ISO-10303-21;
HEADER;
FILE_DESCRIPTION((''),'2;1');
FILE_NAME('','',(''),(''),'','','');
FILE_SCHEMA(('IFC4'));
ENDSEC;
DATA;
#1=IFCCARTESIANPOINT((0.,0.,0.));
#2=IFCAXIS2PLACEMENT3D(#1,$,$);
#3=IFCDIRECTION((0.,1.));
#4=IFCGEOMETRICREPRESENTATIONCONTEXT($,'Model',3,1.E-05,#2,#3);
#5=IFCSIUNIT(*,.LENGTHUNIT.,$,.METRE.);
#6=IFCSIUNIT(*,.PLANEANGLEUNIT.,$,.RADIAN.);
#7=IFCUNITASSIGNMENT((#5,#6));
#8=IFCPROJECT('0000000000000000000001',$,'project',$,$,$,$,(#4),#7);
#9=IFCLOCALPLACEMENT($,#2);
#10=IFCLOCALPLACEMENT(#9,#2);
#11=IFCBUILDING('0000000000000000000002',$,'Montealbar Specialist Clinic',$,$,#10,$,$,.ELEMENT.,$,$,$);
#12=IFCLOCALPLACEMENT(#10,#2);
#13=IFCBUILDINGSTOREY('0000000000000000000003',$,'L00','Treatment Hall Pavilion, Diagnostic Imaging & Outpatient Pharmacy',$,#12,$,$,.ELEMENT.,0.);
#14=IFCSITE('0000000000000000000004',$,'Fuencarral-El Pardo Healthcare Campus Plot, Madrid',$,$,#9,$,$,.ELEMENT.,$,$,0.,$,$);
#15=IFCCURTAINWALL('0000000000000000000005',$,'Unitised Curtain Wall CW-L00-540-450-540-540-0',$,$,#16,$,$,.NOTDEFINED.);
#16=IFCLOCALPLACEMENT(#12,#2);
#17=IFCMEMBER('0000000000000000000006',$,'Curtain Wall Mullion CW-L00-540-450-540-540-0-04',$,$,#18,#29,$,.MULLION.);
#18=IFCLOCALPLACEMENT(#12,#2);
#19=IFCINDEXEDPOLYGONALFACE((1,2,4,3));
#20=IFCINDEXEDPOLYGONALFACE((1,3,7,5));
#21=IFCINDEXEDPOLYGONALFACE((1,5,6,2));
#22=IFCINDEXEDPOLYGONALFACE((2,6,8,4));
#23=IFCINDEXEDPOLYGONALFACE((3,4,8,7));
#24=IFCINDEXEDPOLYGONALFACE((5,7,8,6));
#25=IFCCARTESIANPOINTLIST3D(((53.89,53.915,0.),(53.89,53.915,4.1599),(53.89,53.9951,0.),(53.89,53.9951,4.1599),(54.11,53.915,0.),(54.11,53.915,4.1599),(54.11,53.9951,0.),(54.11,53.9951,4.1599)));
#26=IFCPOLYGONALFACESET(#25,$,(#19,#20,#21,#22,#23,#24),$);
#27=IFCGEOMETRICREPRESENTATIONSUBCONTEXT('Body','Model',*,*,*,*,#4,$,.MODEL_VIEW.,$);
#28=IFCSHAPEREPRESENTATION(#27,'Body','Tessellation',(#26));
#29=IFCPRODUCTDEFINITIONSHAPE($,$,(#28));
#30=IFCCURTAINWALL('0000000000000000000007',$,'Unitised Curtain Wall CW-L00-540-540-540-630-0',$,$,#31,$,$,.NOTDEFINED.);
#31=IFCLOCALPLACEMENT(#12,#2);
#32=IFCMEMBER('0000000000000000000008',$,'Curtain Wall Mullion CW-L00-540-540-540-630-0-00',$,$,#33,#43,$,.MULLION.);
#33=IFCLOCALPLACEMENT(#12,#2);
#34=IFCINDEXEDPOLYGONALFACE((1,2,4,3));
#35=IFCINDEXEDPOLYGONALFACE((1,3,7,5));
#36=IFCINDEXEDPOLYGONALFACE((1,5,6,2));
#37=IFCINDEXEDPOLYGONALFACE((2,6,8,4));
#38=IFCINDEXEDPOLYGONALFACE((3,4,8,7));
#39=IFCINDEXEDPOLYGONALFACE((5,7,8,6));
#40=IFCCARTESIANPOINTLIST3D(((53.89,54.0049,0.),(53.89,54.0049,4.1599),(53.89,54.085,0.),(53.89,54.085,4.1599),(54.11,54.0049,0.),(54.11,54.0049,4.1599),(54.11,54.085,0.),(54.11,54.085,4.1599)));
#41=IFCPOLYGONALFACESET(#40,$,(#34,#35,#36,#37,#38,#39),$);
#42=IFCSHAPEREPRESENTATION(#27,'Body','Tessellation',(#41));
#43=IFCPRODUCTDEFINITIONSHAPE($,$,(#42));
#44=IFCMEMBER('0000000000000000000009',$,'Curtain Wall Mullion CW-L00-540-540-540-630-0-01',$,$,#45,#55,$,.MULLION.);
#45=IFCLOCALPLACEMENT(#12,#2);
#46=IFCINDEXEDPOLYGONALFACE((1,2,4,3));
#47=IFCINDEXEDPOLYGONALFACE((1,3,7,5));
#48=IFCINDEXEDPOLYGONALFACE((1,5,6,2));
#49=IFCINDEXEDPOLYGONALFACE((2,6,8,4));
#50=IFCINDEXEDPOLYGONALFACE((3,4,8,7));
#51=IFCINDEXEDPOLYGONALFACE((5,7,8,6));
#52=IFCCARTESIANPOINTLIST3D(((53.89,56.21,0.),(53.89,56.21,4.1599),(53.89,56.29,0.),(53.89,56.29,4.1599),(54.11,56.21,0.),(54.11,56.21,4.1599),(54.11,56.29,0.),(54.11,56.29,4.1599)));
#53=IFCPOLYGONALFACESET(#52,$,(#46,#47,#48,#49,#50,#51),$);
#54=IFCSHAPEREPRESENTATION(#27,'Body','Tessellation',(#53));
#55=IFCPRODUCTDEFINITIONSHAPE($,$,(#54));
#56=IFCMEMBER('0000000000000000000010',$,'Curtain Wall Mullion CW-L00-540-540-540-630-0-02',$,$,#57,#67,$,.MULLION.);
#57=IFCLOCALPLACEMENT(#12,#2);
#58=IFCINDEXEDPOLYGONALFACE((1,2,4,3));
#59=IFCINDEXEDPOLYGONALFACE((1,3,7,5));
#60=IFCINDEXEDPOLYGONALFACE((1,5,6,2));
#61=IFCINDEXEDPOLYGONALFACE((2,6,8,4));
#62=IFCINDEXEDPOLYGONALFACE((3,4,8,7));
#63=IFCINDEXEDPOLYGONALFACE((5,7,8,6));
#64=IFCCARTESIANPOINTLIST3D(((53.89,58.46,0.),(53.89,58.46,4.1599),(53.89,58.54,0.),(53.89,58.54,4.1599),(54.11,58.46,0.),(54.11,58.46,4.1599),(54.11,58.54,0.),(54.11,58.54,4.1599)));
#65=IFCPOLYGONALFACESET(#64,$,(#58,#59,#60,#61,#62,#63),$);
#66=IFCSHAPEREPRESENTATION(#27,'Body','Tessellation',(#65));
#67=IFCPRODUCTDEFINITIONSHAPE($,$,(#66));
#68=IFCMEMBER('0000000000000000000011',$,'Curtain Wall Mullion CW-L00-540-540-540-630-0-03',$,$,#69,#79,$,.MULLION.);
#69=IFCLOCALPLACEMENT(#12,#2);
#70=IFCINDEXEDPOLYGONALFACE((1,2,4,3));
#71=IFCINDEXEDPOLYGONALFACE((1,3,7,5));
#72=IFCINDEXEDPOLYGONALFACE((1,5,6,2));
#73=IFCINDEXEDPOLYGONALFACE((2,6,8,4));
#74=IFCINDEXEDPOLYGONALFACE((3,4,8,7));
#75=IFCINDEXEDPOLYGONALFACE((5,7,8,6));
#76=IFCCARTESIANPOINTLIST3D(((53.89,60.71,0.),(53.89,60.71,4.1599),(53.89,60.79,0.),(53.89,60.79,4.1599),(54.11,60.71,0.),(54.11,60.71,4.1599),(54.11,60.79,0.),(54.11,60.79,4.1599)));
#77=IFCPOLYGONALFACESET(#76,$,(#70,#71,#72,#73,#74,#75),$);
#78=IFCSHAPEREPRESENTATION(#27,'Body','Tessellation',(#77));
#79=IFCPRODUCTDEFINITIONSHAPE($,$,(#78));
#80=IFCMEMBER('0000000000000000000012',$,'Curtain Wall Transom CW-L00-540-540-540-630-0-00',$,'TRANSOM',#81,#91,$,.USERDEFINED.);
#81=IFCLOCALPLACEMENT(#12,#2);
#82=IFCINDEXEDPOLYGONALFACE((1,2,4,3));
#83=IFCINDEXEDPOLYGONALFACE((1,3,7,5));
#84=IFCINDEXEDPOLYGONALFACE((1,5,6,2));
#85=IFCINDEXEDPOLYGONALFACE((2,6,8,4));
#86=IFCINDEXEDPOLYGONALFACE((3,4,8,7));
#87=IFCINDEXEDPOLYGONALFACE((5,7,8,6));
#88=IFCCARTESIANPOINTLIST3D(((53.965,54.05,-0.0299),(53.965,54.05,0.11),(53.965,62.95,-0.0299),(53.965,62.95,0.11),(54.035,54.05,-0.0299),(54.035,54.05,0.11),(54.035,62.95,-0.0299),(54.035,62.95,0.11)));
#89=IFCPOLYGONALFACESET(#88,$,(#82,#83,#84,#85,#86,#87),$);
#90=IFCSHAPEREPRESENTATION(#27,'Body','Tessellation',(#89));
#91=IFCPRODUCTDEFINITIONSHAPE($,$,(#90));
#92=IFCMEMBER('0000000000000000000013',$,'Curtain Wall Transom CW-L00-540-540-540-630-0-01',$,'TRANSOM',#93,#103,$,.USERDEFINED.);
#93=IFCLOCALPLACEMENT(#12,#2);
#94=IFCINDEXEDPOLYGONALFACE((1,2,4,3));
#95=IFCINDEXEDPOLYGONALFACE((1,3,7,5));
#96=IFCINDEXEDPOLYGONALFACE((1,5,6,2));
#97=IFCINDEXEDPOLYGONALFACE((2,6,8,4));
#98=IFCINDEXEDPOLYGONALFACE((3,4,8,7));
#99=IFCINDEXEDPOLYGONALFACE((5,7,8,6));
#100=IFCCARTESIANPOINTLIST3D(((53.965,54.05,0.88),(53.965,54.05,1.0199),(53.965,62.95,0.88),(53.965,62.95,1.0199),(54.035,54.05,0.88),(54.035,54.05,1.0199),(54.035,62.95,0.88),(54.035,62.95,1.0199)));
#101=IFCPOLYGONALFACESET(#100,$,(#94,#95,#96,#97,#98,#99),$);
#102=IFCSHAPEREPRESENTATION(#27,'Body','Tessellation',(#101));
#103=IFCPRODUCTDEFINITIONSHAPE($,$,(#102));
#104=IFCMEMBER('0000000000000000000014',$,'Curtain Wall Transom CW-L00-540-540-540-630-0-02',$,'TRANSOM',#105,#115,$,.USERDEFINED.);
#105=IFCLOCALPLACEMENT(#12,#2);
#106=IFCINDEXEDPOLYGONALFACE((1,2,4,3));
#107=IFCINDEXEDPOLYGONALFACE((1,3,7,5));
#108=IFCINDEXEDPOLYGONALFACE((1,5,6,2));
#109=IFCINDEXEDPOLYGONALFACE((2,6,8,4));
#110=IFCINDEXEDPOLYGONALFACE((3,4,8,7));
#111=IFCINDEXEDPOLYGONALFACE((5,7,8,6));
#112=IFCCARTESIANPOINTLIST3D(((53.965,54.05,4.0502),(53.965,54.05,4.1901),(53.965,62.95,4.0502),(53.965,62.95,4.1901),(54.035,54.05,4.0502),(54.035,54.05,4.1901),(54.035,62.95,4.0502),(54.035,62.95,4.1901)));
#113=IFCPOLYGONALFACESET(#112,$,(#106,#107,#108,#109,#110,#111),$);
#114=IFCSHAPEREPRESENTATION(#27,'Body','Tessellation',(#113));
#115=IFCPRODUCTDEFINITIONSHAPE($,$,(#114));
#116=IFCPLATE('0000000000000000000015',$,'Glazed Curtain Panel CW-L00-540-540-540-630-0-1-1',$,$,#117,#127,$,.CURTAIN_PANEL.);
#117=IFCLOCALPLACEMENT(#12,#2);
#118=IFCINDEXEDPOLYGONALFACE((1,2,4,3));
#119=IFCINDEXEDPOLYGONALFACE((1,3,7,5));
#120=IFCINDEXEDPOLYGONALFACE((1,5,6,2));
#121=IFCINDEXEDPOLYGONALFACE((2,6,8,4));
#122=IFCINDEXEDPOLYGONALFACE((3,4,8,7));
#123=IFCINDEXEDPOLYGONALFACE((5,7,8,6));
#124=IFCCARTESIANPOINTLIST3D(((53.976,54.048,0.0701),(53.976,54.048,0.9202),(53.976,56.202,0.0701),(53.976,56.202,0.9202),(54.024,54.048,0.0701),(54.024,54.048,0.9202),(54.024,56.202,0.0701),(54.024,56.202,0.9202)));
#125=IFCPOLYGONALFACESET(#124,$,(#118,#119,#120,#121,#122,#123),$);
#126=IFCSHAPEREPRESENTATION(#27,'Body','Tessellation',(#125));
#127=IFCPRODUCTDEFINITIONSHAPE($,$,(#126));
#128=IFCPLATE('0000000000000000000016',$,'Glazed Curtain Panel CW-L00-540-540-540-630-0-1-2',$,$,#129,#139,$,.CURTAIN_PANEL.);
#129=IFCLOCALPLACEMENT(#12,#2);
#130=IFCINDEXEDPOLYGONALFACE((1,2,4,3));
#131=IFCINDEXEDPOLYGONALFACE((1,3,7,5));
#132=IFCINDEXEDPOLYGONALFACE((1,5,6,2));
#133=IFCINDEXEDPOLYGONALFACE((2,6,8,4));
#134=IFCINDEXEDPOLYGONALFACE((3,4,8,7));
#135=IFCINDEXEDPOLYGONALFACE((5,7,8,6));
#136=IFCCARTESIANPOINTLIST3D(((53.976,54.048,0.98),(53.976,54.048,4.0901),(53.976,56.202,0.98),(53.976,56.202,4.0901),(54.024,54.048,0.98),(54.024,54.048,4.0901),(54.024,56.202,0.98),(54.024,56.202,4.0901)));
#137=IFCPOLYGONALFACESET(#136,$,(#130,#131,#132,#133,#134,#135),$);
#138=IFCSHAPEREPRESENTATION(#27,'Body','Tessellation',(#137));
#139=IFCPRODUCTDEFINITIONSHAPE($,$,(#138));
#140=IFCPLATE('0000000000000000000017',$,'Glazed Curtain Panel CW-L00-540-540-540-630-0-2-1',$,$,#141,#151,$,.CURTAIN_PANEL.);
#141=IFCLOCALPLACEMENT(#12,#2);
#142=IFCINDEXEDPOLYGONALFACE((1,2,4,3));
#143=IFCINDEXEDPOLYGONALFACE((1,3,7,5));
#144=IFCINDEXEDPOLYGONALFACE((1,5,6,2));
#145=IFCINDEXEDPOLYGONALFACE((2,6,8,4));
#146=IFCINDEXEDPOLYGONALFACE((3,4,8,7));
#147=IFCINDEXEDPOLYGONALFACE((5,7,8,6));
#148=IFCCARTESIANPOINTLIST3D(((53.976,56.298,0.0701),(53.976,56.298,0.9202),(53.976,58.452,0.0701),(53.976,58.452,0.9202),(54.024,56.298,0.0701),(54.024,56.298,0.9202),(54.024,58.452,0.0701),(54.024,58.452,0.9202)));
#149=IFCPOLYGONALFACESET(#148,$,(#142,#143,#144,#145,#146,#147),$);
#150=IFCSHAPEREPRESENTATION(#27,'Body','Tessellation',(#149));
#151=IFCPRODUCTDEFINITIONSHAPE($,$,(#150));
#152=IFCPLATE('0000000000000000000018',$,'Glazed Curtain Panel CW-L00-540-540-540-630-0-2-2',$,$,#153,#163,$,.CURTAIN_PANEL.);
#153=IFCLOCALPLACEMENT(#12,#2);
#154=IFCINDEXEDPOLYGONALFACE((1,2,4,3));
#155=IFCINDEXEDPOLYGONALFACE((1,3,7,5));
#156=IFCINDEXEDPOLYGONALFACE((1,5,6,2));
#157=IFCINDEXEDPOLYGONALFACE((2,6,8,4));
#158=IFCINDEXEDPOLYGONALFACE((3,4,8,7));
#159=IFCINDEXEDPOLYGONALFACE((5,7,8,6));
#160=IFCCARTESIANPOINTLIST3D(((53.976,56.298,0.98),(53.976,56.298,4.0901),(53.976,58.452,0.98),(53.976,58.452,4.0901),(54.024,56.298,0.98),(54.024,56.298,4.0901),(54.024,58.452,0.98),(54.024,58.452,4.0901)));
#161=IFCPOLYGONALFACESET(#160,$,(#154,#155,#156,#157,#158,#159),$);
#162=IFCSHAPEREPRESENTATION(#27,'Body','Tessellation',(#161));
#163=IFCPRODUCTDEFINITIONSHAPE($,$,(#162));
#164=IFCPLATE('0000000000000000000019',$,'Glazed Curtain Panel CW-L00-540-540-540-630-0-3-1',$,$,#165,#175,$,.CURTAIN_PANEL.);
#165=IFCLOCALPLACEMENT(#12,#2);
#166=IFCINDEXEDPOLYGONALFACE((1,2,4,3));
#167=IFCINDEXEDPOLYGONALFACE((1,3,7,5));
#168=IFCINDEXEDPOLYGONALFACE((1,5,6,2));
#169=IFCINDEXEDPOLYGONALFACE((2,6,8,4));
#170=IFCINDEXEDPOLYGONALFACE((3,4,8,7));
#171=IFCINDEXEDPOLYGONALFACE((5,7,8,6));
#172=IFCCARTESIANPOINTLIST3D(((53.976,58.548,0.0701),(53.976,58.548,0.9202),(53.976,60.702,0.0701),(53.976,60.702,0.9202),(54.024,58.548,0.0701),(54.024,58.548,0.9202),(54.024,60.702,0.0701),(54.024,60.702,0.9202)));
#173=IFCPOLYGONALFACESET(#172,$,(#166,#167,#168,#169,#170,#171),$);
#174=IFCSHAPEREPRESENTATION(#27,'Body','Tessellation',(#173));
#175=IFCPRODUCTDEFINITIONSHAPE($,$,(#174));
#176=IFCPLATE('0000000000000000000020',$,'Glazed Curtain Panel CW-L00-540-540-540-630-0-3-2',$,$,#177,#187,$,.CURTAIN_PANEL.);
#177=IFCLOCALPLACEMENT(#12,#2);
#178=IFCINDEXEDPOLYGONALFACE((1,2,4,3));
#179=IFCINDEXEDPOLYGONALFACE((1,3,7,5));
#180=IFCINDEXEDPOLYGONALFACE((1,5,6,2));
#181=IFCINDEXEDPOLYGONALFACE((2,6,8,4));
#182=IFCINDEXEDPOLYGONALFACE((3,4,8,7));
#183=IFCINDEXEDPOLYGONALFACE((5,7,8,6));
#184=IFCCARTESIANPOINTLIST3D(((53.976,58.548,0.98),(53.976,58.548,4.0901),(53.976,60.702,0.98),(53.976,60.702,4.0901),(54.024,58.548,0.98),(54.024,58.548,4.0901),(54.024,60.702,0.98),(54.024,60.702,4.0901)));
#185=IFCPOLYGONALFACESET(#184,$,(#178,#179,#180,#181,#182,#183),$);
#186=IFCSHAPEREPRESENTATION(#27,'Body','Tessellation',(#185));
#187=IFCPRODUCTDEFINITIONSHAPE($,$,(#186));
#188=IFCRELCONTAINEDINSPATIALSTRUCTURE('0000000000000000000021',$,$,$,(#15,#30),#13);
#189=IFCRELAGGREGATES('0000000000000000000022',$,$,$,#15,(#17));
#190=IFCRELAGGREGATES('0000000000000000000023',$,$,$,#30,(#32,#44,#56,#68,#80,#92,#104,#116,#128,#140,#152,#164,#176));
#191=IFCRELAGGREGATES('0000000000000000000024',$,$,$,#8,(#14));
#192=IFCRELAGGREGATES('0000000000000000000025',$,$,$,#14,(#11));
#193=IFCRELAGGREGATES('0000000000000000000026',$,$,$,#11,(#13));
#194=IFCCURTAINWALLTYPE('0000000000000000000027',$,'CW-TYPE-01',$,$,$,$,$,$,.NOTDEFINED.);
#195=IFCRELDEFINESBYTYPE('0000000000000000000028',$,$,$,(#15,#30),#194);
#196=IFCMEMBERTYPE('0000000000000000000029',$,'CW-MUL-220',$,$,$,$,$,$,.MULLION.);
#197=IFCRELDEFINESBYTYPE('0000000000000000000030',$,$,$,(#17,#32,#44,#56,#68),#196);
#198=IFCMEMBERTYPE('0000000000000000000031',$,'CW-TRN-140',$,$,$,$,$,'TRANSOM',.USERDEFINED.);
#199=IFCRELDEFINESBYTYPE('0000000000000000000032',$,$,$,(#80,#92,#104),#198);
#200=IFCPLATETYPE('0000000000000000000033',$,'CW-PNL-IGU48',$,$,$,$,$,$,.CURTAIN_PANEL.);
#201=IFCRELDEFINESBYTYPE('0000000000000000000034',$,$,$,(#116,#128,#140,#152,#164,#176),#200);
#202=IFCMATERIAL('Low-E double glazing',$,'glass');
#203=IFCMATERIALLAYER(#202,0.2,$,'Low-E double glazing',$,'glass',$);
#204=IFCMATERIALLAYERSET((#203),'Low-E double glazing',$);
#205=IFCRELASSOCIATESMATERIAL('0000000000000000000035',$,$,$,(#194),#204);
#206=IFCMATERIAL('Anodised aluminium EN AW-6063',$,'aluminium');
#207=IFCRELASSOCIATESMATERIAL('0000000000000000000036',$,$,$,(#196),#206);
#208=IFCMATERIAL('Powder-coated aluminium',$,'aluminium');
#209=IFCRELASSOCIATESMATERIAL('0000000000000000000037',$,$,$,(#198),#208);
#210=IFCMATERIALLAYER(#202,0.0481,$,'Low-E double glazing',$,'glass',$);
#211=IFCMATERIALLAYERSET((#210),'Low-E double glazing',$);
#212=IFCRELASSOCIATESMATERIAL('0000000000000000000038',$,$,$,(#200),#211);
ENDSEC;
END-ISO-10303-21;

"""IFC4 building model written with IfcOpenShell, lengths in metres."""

from ifc_helpers import new_model, si_unit, direction, frame, origin, origin_2d, place, context, subcontext, project, spatial, rectangle, extrude, material, layer, layer_set, material_profile, profile_set, type_object, element, aggregate, save


model = new_model("IFC4")

# Units and contexts
model_context = context("Model", 3, precision=1e-05, world=origin(), true_north=direction((0.0, 1.0)))
body_context = subcontext(model_context, "Body", "Model", "MODEL_VIEW")
ifc_project = project(units=[si_unit("LENGTHUNIT", "METRE"), si_unit("PLANEANGLEUNIT", "RADIAN")], contexts=[model_context])

# Site, building, storey
site_placement = place(None, origin())
site = spatial("IfcSite", under=ifc_project, at=site_placement, Name="Fuencarral-El Pardo Healthcare Campus Plot, Madrid", CompositionType="ELEMENT", RefElevation=0.0)
building_placement = place(site_placement, origin())
building = spatial("IfcBuilding", under=site, at=building_placement, Name="Montealbar Specialist Clinic", CompositionType="ELEMENT")
storey_placement = place(building_placement, origin())
storey = spatial("IfcBuildingStorey", under=building, at=storey_placement, Name="L00", Description="Treatment Hall Pavilion, Diagnostic Imaging & Outpatient Pharmacy", CompositionType="ELEMENT", Elevation=0.0)

# Curtain wall, member
ifc_material_1 = material(Name="Low-E double glazing", Category="glass")
ifc_layer_1 = layer(ifc_material_1, 0.2, Name="Low-E double glazing", Category="glass")
ifc_layer_set_1 = layer_set([ifc_layer_1], Name="Low-E double glazing")
curtain_wall_type = type_object("IfcCurtainWallType", Name="CW-TYPE-01", PredefinedType="NOTDEFINED", material=ifc_layer_set_1)
curtain_wall_1_placement = place(storey_placement, origin())
curtain_wall_1 = element("IfcCurtainWall", 1, at=curtain_wall_1_placement, inside=storey, type_object=curtain_wall_type, Name="Unitised Curtain Wall CW-L00-540-450-540-540-0", PredefinedType="NOTDEFINED")
ifc_material_2 = material(Name="Anodised aluminium EN AW-6063", Category="aluminium")
ifc_material_profile_1 = material_profile(ifc_material_2, rectangle(XDim=0.0801, YDim=0.22, at=origin_2d()), Name="ALU 80x220", Category="aluminium")
ifc_profile_set_1 = profile_set([ifc_material_profile_1], Name="Anodised aluminium EN AW-6063")
member_type_1 = type_object("IfcMemberType", Name="CW-MUL-220", PredefinedType="MULLION", material=ifc_profile_set_1)
member_1_placement = place(storey_placement, frame((54.0, 53.9551, 0.0), z_axis=(0.0, 0.0, 1.0), x_axis=(0.0, 1.0, 0.0)))
member_1 = element("IfcMember", 2, at=member_1_placement, type_object=member_type_1, Name="Curtain Wall Mullion CW-L00-540-450-540-540-0-04", PredefinedType="MULLION", context=body_context, shape_type="SweptSolid", body=[
    extrude(rectangle(XDim=0.0801, YDim=0.22, at=origin_2d()), origin(), (0.0, 0.0, 1.0), 4.1599),
])
aggregate(curtain_wall_1, [member_1])

# Curtain wall, members, plates
curtain_wall_2_placement = place(storey_placement, origin())
curtain_wall_2 = element("IfcCurtainWall", 3, at=curtain_wall_2_placement, inside=storey, type_object=curtain_wall_type, Name="Unitised Curtain Wall CW-L00-540-540-540-630-0", PredefinedType="NOTDEFINED")
member_2_placement = place(storey_placement, frame((54.0, 54.0449, 0.0), z_axis=(0.0, 0.0, 1.0), x_axis=(0.0, 1.0, 0.0)))
member_2 = element("IfcMember", 4, at=member_2_placement, type_object=member_type_1, Name="Curtain Wall Mullion CW-L00-540-540-540-630-0-00", PredefinedType="MULLION", context=body_context, shape_type="SweptSolid", body=[
    extrude(rectangle(XDim=0.0801, YDim=0.22, at=origin_2d()), origin(), (0.0, 0.0, 1.0), 4.1599),
])
member_3_placement = place(storey_placement, frame((54.0, 56.25, 0.0), z_axis=(0.0, 0.0, 1.0), x_axis=(0.0, 1.0, 0.0)))
member_3 = element("IfcMember", 5, at=member_3_placement, type_object=member_type_1, Name="Curtain Wall Mullion CW-L00-540-540-540-630-0-01", PredefinedType="MULLION", context=body_context, shape_type="SweptSolid", body=[
    extrude(rectangle(XDim=0.0801, YDim=0.22, at=origin_2d()), origin(), (0.0, 0.0, 1.0), 4.1599),
])
member_4_placement = place(storey_placement, frame((54.0, 58.5, 0.0), z_axis=(0.0, 0.0, 1.0), x_axis=(0.0, 1.0, 0.0)))
member_4 = element("IfcMember", 6, at=member_4_placement, type_object=member_type_1, Name="Curtain Wall Mullion CW-L00-540-540-540-630-0-02", PredefinedType="MULLION", context=body_context, shape_type="SweptSolid", body=[
    extrude(rectangle(XDim=0.0801, YDim=0.22, at=origin_2d()), origin(), (0.0, 0.0, 1.0), 4.1599),
])
member_5_placement = place(storey_placement, frame((54.0, 60.75, 0.0), z_axis=(0.0, 0.0, 1.0), x_axis=(0.0, 1.0, 0.0)))
member_5 = element("IfcMember", 7, at=member_5_placement, type_object=member_type_1, Name="Curtain Wall Mullion CW-L00-540-540-540-630-0-03", PredefinedType="MULLION", context=body_context, shape_type="SweptSolid", body=[
    extrude(rectangle(XDim=0.0801, YDim=0.22, at=origin_2d()), origin(), (0.0, 0.0, 1.0), 4.1599),
])
ifc_material_3 = material(Name="Powder-coated aluminium", Category="aluminium")
ifc_material_profile_2 = material_profile(ifc_material_3, rectangle(XDim=0.0701, YDim=0.1399, at=origin_2d()), Name="ALU 70x140", Category="aluminium")
ifc_profile_set_2 = profile_set([ifc_material_profile_2], Name="Powder-coated aluminium")
member_type_2 = type_object("IfcMemberType", Name="CW-TRN-140", ElementType="TRANSOM", PredefinedType="USERDEFINED", material=ifc_profile_set_2)
member_6_placement = place(storey_placement, frame((54.0, 54.05, 0.04), z_axis=(0.0, 1.0, 0.0), x_axis=(-1.0, 0.0, 0.0)))
member_6 = element("IfcMember", 8, at=member_6_placement, type_object=member_type_2, Name="Curtain Wall Transom CW-L00-540-540-540-630-0-00", ObjectType="TRANSOM", PredefinedType="USERDEFINED", context=body_context, shape_type="SweptSolid", body=[
    extrude(rectangle(XDim=0.0701, YDim=0.1399, at=origin_2d()), origin(), (0.0, 0.0, 1.0), 8.8999),
])
member_7_placement = place(storey_placement, frame((54.0, 54.05, 0.95), z_axis=(0.0, 1.0, 0.0), x_axis=(-1.0, 0.0, 0.0)))
member_7 = element("IfcMember", 9, at=member_7_placement, type_object=member_type_2, Name="Curtain Wall Transom CW-L00-540-540-540-630-0-01", ObjectType="TRANSOM", PredefinedType="USERDEFINED", context=body_context, shape_type="SweptSolid", body=[
    extrude(rectangle(XDim=0.0701, YDim=0.1399, at=origin_2d()), origin(), (0.0, 0.0, 1.0), 8.8999),
])
member_8_placement = place(storey_placement, frame((54.0, 54.05, 4.1201), z_axis=(0.0, 1.0, 0.0), x_axis=(-1.0, 0.0, 0.0)))
member_8 = element("IfcMember", 10, at=member_8_placement, type_object=member_type_2, Name="Curtain Wall Transom CW-L00-540-540-540-630-0-02", ObjectType="TRANSOM", PredefinedType="USERDEFINED", context=body_context, shape_type="SweptSolid", body=[
    extrude(rectangle(XDim=0.0701, YDim=0.1399, at=origin_2d()), origin(), (0.0, 0.0, 1.0), 8.8999),
])
ifc_layer_2 = layer(ifc_material_1, 0.0481, Name="Low-E double glazing", Category="glass")
ifc_layer_set_2 = layer_set([ifc_layer_2], Name="Low-E double glazing")
plate_type = type_object("IfcPlateType", Name="CW-PNL-IGU48", PredefinedType="CURTAIN_PANEL", material=ifc_layer_set_2)
plate_1_placement = place(storey_placement, frame((54.0, 55.125, 0.0701), z_axis=(0.0, 0.0, 1.0), x_axis=(0.0, 1.0, 0.0)))
plate_1 = element("IfcPlate", 11, at=plate_1_placement, type_object=plate_type, Name="Glazed Curtain Panel CW-L00-540-540-540-630-0-1-1", PredefinedType="CURTAIN_PANEL", context=body_context, shape_type="SweptSolid", body=[
    extrude(rectangle(XDim=2.1541, YDim=0.0481, at=origin_2d()), origin(), (0.0, 0.0, 1.0), 0.8501),
])
plate_2_placement = place(storey_placement, frame((54.0, 55.125, 0.98), z_axis=(0.0, 0.0, 1.0), x_axis=(0.0, 1.0, 0.0)))
plate_2 = element("IfcPlate", 12, at=plate_2_placement, type_object=plate_type, Name="Glazed Curtain Panel CW-L00-540-540-540-630-0-1-2", PredefinedType="CURTAIN_PANEL", context=body_context, shape_type="SweptSolid", body=[
    extrude(rectangle(XDim=2.1541, YDim=0.0481, at=origin_2d()), origin(), (0.0, 0.0, 1.0), 3.1101),
])
plate_3_placement = place(storey_placement, frame((54.0, 57.375, 0.0701), z_axis=(0.0, 0.0, 1.0), x_axis=(0.0, 1.0, 0.0)))
plate_3 = element("IfcPlate", 13, at=plate_3_placement, type_object=plate_type, Name="Glazed Curtain Panel CW-L00-540-540-540-630-0-2-1", PredefinedType="CURTAIN_PANEL", context=body_context, shape_type="SweptSolid", body=[
    extrude(rectangle(XDim=2.1541, YDim=0.0481, at=origin_2d()), origin(), (0.0, 0.0, 1.0), 0.8501),
])
plate_4_placement = place(storey_placement, frame((54.0, 57.375, 0.98), z_axis=(0.0, 0.0, 1.0), x_axis=(0.0, 1.0, 0.0)))
plate_4 = element("IfcPlate", 14, at=plate_4_placement, type_object=plate_type, Name="Glazed Curtain Panel CW-L00-540-540-540-630-0-2-2", PredefinedType="CURTAIN_PANEL", context=body_context, shape_type="SweptSolid", body=[
    extrude(rectangle(XDim=2.1541, YDim=0.0481, at=origin_2d()), origin(), (0.0, 0.0, 1.0), 3.1101),
])
plate_5_placement = place(storey_placement, frame((54.0, 59.625, 0.0701), z_axis=(0.0, 0.0, 1.0), x_axis=(0.0, 1.0, 0.0)))
plate_5 = element("IfcPlate", 15, at=plate_5_placement, type_object=plate_type, Name="Glazed Curtain Panel CW-L00-540-540-540-630-0-3-1", PredefinedType="CURTAIN_PANEL", context=body_context, shape_type="SweptSolid", body=[
    extrude(rectangle(XDim=2.1541, YDim=0.0481, at=origin_2d()), origin(), (0.0, 0.0, 1.0), 0.8501),
])
plate_6_placement = place(storey_placement, frame((54.0, 59.625, 0.98), z_axis=(0.0, 0.0, 1.0), x_axis=(0.0, 1.0, 0.0)))
plate_6 = element("IfcPlate", 16, at=plate_6_placement, type_object=plate_type, Name="Glazed Curtain Panel CW-L00-540-540-540-630-0-3-2", PredefinedType="CURTAIN_PANEL", context=body_context, shape_type="SweptSolid", body=[
    extrude(rectangle(XDim=2.1541, YDim=0.0481, at=origin_2d()), origin(), (0.0, 0.0, 1.0), 3.1101),
])
aggregate(curtain_wall_2, [member_2, member_3, member_4, member_5, member_6, member_7, member_8, plate_1, plate_2, plate_3, plate_4, plate_5, plate_6])

save(model, "model.ifc")
